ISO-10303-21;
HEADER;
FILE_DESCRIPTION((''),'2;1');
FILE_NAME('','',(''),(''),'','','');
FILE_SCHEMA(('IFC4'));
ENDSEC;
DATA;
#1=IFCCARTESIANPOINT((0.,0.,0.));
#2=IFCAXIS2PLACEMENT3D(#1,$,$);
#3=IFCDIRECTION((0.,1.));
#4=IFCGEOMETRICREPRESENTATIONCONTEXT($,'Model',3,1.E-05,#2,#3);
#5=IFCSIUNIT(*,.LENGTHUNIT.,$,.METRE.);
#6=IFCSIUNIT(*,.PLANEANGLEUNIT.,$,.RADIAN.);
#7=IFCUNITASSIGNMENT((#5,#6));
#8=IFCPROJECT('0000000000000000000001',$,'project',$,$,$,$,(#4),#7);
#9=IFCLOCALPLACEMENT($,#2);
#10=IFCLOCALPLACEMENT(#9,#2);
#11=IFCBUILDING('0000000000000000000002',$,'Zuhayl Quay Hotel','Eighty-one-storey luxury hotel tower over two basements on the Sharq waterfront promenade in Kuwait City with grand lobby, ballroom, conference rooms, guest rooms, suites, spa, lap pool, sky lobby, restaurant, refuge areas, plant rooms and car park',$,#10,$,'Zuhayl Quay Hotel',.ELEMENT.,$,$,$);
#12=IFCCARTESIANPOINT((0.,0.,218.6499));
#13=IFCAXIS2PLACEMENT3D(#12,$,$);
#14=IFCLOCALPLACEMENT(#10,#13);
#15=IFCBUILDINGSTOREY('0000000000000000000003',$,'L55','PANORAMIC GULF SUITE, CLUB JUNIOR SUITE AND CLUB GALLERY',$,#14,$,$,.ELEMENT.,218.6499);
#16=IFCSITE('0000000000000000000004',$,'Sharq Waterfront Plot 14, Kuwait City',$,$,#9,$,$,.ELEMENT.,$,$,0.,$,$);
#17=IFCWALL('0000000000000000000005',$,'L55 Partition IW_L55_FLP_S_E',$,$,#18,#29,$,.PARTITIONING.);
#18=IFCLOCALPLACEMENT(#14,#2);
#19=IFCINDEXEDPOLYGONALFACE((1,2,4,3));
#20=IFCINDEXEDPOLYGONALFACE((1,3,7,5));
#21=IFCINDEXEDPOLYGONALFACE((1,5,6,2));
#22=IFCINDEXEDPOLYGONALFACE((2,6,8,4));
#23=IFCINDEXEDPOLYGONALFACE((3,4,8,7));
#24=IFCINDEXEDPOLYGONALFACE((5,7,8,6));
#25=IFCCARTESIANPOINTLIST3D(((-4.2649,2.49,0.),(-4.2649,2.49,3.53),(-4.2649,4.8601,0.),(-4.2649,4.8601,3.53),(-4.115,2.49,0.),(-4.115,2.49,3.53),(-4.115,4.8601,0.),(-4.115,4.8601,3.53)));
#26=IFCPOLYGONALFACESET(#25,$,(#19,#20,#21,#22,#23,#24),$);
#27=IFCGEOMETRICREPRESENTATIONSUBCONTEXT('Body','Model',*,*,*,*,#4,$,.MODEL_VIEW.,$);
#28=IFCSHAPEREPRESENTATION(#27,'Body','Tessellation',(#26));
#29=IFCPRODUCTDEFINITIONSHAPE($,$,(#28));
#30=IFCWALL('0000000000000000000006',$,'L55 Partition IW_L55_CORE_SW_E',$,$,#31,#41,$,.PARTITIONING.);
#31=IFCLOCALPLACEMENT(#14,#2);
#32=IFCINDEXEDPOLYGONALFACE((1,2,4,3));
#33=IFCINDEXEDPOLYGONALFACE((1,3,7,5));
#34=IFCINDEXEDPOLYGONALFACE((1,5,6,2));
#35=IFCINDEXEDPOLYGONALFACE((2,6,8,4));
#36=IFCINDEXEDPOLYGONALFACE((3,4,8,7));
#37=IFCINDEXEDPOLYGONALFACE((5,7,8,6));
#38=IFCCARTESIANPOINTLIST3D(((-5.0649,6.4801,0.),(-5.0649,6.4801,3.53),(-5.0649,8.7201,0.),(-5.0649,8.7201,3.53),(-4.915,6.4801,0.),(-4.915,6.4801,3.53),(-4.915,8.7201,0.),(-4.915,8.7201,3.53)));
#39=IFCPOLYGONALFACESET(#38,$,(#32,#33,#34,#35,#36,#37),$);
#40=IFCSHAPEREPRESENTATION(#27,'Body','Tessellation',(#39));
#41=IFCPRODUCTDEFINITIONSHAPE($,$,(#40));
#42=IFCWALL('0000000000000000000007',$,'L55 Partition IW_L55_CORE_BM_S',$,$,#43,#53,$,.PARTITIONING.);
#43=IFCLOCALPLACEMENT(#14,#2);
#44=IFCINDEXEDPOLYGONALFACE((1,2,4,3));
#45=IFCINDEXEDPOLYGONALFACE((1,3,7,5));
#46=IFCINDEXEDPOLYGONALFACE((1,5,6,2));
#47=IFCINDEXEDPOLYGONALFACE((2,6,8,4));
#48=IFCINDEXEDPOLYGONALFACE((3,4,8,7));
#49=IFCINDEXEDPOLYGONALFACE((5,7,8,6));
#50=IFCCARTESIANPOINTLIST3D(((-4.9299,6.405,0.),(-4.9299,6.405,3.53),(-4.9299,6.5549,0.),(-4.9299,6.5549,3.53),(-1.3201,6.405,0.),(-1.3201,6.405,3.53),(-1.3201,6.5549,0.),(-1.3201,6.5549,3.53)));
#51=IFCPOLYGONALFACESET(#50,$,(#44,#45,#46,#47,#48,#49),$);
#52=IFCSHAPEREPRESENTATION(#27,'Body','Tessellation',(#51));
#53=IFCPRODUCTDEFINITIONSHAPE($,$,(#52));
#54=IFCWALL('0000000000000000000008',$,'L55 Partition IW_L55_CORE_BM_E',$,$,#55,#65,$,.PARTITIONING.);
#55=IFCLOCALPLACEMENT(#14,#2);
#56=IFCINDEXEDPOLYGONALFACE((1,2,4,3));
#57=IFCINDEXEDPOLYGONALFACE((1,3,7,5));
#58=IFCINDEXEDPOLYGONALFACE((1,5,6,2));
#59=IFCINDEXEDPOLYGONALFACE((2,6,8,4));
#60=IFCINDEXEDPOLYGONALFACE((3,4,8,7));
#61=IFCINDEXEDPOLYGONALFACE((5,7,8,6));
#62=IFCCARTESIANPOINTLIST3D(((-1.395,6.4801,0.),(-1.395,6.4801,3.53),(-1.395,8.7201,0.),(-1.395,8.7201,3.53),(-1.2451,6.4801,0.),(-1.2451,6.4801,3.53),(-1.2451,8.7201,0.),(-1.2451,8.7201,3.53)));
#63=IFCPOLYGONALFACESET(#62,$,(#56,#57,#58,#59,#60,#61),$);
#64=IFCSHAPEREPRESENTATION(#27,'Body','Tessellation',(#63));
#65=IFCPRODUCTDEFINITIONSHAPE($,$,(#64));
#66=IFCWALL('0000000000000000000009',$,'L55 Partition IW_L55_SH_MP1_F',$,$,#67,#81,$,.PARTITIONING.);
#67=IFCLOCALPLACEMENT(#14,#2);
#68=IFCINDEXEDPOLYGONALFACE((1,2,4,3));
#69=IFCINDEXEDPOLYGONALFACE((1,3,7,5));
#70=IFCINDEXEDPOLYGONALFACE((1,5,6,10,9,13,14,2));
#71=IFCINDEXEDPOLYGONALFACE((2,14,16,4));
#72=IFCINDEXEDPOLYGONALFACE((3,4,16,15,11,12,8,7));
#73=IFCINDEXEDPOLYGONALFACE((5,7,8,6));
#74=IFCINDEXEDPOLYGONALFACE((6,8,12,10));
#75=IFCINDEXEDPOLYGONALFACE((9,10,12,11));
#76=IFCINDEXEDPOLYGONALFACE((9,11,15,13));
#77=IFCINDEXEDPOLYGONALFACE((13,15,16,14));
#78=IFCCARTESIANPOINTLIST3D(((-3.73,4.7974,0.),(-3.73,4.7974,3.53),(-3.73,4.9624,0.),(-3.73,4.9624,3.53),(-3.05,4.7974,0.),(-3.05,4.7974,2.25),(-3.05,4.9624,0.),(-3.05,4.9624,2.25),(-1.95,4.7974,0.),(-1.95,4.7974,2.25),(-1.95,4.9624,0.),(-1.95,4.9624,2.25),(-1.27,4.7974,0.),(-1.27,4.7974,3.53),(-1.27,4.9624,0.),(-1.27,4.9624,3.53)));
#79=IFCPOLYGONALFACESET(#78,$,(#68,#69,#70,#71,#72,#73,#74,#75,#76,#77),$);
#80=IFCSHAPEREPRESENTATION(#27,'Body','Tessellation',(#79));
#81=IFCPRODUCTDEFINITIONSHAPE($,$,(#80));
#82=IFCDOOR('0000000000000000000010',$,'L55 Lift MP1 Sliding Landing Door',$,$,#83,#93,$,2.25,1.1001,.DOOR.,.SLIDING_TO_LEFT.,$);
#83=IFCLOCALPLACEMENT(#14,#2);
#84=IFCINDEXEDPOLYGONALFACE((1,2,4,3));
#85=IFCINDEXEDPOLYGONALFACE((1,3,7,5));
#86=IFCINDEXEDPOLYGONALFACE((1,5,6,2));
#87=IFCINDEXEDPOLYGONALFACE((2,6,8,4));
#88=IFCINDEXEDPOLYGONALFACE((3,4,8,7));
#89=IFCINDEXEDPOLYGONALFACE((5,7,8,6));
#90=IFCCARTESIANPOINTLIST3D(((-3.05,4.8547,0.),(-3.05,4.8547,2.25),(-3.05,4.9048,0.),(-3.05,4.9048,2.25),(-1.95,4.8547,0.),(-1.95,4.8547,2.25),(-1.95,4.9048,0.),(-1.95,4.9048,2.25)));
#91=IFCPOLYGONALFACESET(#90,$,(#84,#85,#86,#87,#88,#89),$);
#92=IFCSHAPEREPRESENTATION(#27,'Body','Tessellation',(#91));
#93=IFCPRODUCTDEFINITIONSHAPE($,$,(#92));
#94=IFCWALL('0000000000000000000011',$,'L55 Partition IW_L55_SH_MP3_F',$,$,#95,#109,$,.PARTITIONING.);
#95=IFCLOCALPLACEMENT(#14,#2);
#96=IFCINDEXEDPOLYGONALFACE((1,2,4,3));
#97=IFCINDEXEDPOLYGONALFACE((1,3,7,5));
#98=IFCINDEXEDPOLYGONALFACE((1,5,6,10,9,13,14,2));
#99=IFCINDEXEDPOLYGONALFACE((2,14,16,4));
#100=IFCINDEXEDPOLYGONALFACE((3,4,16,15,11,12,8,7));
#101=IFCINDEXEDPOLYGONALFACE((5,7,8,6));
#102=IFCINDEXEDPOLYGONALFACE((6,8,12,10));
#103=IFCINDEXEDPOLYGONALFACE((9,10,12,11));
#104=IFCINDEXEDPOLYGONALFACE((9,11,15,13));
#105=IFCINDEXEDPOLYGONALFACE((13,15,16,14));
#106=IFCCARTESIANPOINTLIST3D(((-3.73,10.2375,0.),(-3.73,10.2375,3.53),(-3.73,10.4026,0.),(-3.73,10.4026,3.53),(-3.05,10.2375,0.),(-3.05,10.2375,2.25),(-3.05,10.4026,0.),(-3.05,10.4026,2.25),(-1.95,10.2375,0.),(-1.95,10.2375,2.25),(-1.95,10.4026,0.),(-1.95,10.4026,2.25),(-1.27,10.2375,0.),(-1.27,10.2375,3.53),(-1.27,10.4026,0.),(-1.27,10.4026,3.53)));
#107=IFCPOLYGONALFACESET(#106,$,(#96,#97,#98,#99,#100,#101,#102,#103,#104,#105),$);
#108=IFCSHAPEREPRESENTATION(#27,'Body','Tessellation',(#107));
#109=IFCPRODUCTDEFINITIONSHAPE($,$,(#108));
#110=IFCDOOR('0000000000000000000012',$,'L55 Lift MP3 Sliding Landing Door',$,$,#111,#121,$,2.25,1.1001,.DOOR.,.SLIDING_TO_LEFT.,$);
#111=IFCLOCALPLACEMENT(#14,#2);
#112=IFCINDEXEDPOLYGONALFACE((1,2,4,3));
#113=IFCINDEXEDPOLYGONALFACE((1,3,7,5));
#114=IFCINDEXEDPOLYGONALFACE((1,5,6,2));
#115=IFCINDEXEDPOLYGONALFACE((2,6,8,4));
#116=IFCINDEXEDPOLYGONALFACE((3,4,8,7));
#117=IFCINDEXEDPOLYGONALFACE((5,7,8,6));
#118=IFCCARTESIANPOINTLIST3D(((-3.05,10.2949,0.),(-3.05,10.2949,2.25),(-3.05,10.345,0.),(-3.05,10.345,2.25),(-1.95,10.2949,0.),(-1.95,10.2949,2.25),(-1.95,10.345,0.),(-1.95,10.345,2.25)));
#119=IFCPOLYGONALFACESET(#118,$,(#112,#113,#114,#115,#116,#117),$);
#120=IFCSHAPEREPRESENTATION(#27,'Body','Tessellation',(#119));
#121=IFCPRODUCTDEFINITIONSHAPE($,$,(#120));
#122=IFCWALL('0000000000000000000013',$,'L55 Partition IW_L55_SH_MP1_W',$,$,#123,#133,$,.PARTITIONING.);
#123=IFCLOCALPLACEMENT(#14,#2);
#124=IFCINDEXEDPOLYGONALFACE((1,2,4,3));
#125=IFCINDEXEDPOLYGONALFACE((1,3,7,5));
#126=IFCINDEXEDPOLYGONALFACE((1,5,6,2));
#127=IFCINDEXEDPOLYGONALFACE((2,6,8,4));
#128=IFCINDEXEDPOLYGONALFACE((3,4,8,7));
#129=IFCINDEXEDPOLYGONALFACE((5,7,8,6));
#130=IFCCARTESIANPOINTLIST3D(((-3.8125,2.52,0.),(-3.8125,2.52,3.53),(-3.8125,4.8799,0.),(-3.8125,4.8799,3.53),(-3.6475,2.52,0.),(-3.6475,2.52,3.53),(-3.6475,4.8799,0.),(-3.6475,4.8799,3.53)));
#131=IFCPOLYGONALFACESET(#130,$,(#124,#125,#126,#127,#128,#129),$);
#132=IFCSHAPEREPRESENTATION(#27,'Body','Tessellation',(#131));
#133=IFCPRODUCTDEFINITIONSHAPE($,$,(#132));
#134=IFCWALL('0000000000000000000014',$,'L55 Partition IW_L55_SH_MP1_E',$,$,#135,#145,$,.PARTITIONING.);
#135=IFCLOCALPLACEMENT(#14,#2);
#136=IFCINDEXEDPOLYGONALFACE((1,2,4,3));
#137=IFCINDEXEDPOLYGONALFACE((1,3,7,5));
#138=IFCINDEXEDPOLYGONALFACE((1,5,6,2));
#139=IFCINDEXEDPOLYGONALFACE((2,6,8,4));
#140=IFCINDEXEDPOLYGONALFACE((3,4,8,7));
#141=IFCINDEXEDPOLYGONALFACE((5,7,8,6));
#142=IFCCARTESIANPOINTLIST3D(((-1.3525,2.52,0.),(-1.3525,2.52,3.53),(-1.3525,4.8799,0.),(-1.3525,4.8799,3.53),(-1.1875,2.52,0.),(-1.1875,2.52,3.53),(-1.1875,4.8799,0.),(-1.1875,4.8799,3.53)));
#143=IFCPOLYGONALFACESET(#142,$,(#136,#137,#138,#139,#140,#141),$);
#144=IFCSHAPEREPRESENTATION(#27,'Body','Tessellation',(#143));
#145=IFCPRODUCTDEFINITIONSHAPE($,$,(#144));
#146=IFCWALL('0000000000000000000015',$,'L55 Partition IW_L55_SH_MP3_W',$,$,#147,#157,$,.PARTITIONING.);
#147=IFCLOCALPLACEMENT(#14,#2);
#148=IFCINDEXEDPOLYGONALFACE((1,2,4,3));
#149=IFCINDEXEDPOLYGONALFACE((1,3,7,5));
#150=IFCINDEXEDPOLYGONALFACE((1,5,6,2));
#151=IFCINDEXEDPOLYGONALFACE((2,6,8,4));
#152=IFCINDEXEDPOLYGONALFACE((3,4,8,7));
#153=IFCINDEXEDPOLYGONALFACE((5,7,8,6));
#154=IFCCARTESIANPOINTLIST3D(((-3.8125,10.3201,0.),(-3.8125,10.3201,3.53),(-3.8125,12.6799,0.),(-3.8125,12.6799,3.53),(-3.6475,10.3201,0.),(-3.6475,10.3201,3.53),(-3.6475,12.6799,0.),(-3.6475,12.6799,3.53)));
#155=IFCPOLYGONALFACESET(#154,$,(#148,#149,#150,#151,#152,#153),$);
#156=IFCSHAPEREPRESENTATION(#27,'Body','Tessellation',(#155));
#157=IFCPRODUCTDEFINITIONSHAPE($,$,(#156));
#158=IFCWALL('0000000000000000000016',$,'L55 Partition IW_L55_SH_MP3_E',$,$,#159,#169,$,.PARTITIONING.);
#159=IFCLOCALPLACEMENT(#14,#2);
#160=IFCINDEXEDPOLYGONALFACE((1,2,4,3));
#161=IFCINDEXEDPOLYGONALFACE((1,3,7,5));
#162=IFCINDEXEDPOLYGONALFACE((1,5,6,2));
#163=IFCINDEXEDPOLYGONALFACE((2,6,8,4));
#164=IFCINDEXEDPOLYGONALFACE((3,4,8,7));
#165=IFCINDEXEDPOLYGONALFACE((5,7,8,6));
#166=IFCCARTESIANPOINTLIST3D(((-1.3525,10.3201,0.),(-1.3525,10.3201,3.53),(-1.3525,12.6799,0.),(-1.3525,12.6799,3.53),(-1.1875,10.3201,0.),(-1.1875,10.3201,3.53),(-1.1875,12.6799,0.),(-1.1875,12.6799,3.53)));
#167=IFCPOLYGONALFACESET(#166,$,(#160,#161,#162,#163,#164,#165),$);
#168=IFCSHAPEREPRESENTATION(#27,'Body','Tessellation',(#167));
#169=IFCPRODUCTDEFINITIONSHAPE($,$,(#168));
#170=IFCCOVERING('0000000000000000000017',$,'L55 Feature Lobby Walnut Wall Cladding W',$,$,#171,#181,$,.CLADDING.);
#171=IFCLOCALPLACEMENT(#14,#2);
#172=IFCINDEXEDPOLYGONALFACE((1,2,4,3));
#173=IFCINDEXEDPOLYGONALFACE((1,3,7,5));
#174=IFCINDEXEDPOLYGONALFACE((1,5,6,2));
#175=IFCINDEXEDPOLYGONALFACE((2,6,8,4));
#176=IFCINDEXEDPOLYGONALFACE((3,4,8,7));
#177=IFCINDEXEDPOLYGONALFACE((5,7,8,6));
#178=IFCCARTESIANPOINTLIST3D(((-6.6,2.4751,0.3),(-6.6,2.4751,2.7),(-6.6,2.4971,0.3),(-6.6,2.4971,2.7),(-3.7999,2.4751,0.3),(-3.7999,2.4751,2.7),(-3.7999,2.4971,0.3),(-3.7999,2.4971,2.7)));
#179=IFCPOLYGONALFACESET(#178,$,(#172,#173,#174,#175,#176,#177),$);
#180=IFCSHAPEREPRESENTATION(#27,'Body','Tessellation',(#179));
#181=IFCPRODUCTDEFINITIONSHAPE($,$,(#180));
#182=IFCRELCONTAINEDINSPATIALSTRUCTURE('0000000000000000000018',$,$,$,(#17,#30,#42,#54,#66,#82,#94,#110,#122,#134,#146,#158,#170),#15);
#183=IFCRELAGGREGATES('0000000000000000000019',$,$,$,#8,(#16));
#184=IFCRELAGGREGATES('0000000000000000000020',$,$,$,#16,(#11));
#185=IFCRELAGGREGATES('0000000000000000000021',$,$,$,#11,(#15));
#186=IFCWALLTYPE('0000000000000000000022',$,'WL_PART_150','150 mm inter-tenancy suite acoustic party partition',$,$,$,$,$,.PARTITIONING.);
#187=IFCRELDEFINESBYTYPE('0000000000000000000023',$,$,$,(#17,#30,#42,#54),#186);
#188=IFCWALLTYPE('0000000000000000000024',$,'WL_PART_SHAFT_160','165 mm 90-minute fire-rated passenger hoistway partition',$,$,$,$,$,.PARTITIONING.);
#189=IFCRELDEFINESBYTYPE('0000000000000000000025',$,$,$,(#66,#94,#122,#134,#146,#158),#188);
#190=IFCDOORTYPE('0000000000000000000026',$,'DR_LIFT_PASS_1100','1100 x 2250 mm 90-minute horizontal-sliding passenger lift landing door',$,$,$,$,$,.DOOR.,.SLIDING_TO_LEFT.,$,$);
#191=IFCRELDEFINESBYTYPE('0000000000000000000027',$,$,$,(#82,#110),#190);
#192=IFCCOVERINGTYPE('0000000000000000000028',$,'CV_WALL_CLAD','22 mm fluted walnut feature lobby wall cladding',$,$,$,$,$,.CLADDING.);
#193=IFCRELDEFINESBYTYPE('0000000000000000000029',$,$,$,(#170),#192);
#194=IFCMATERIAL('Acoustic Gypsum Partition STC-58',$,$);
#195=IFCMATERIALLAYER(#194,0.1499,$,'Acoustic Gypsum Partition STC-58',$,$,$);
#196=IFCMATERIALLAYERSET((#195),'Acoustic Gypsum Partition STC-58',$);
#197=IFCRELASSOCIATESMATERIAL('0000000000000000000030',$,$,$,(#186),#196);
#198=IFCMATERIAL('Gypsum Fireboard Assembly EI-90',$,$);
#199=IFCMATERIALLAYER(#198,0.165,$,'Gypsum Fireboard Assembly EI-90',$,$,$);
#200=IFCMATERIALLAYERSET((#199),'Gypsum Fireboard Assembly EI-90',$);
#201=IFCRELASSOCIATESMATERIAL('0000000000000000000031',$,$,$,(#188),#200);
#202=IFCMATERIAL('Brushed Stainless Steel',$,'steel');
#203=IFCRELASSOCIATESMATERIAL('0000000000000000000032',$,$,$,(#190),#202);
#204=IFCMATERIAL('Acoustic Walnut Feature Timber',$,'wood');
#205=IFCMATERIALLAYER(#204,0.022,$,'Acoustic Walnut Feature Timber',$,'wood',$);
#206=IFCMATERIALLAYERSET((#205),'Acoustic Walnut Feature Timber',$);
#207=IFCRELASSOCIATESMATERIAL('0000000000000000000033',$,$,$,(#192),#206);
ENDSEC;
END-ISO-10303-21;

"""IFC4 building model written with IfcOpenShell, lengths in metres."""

from ifc_helpers import new_model, si_unit, direction, frame, frame_2d, origin, origin_2d, place, context, subcontext, project, spatial, rectangle, extrude, material, layer, layer_set, type_object, element, fill, save


model = new_model("IFC4")

# Units and contexts
model_context = context("Model", 3, precision=1e-05, world=origin(), true_north=direction((0.0, 1.0)))
body_context = subcontext(model_context, "Body", "Model", "MODEL_VIEW")
ifc_project = project(units=[si_unit("LENGTHUNIT", "METRE"), si_unit("PLANEANGLEUNIT", "RADIAN")], contexts=[model_context])

# Site, building, storey
site_placement = place(None, origin())
site = spatial("IfcSite", under=ifc_project, at=site_placement, Name="Sharq Waterfront Plot 14, Kuwait City", CompositionType="ELEMENT", RefElevation=0.0)
building_placement = place(site_placement, origin())
building = spatial("IfcBuilding", under=site, at=building_placement, Name="Zuhayl Quay Hotel", Description="Eighty-one-storey luxury hotel tower over two basements on the Sharq waterfront promenade in Kuwait City with grand lobby, ballroom, conference rooms, guest rooms, suites, spa, lap pool, sky lobby, restaurant, refuge areas, plant rooms and car park", LongName="Zuhayl Quay Hotel", CompositionType="ELEMENT")
storey_placement = place(building_placement, frame((0.0, 0.0, 218.6499)))
storey = spatial("IfcBuildingStorey", under=building, at=storey_placement, Name="L55", Description="PANORAMIC GULF SUITE, CLUB JUNIOR SUITE AND CLUB GALLERY", CompositionType="ELEMENT", Elevation=218.6499)

# Shared definitions
ifc_material_1 = material(Name="Acoustic Gypsum Partition STC-58")
ifc_layer_1 = layer(ifc_material_1, 0.1499, Name="Acoustic Gypsum Partition STC-58")
ifc_layer_set_1 = layer_set([ifc_layer_1], Name="Acoustic Gypsum Partition STC-58")
wall_type_1 = type_object("IfcWallType", Name="WL_PART_150", Description="150 mm inter-tenancy suite acoustic party partition", PredefinedType="PARTITIONING", material=ifc_layer_set_1)

# Walls
wall_1_placement = place(storey_placement, frame((-4.1899, 2.49, 0.0), z_axis=(0.0, 0.0, 1.0), x_axis=(0.0, 1.0, 0.0)))
element("IfcWall", 1, at=wall_1_placement, inside=storey, type_object=wall_type_1, Name="L55 Partition IW_L55_FLP_S_E", PredefinedType="PARTITIONING", context=body_context, shape_type="SweptSolid", body=[
    extrude(rectangle(XDim=2.3701, YDim=0.1499, at=frame_2d((1.1851, 0.0))), origin(), (0.0, 0.0, 1.0), 3.53),
])
wall_2_placement = place(storey_placement, frame((-4.99, 6.48, 0.0), z_axis=(0.0, 0.0, 1.0), x_axis=(0.0, 1.0, 0.0)))
element("IfcWall", 2, at=wall_2_placement, inside=storey, type_object=wall_type_1, Name="L55 Partition IW_L55_CORE_SW_E", PredefinedType="PARTITIONING", context=body_context, shape_type="SweptSolid", body=[
    extrude(rectangle(XDim=2.24, YDim=0.1499, at=frame_2d((1.1201, 0.0))), origin(), (0.0, 0.0, 1.0), 3.53),
])
wall_3_placement = place(storey_placement, frame((-4.9299, 6.48, 0.0), z_axis=(0.0, 0.0, 1.0), x_axis=(1.0, 0.0, 0.0)))
element("IfcWall", 3, at=wall_3_placement, inside=storey, type_object=wall_type_1, Name="L55 Partition IW_L55_CORE_BM_S", PredefinedType="PARTITIONING", context=body_context, shape_type="SweptSolid", body=[
    extrude(rectangle(XDim=3.6099, YDim=0.1499, at=frame_2d((1.8049, 0.0))), origin(), (0.0, 0.0, 1.0), 3.53),
])
wall_4_placement = place(storey_placement, frame((-1.3201, 6.48, 0.0), z_axis=(0.0, 0.0, 1.0), x_axis=(0.0, 1.0, 0.0)))
element("IfcWall", 4, at=wall_4_placement, inside=storey, type_object=wall_type_1, Name="L55 Partition IW_L55_CORE_BM_E", PredefinedType="PARTITIONING", context=body_context, shape_type="SweptSolid", body=[
    extrude(rectangle(XDim=2.24, YDim=0.1499, at=frame_2d((1.1201, 0.0))), origin(), (0.0, 0.0, 1.0), 3.53),
])

# Walls, openings, doors
ifc_material_2 = material(Name="Gypsum Fireboard Assembly EI-90")
ifc_layer_2 = layer(ifc_material_2, 0.165, Name="Gypsum Fireboard Assembly EI-90")
ifc_layer_set_2 = layer_set([ifc_layer_2], Name="Gypsum Fireboard Assembly EI-90")
wall_type_2 = type_object("IfcWallType", Name="WL_PART_SHAFT_160", Description="165 mm 90-minute fire-rated passenger hoistway partition", PredefinedType="PARTITIONING", material=ifc_layer_set_2)
wall_5_placement = place(storey_placement, frame((-3.73, 4.8799, 0.0), z_axis=(0.0, 0.0, 1.0), x_axis=(1.0, 0.0, 0.0)))
wall_5 = element("IfcWall", 5, at=wall_5_placement, inside=storey, type_object=wall_type_2, Name="L55 Partition IW_L55_SH_MP1_F", PredefinedType="PARTITIONING", context=body_context, shape_type="SweptSolid", body=[
    extrude(rectangle(XDim=2.46, YDim=0.165, at=frame_2d((1.23, 0.0))), origin(), (0.0, 0.0, 1.0), 3.53),
])
opening_1_placement = place(wall_5_placement, frame((0.6799, 0.0, 0.0)))
opening_1 = element("IfcOpeningElement", 6, at=opening_1_placement, cuts=wall_5, PredefinedType="OPENING", context=body_context, shape_type="SweptSolid", body=[
    extrude(rectangle(XDim=1.1001, YDim=2.25, at=frame_2d((0.55, 1.125))), frame((0.0, 0.0925, 0.0), z_axis=(0.0, -1.0, 0.0), x_axis=(1.0, 0.0, 0.0)), (0.0, 0.0, 1.0), 0.1851),
])
ifc_material_3 = material(Name="Brushed Stainless Steel", Category="steel")
door_type_1 = type_object("IfcDoorType", Name="DR_LIFT_PASS_1100", Description="1100 x 2250 mm 90-minute horizontal-sliding passenger lift landing door", OperationType="SLIDING_TO_LEFT", PredefinedType="DOOR", material=ifc_material_3)
door_1_placement = place(opening_1_placement, origin())
door_1 = element("IfcDoor", 7, at=door_1_placement, inside=storey, type_object=door_type_1, Name="L55 Lift MP1 Sliding Landing Door", OperationType="SLIDING_TO_LEFT", OverallHeight=2.25, OverallWidth=1.1001, PredefinedType="DOOR", context=body_context, shape_type="SweptSolid", body=[
    extrude(rectangle(XDim=1.1001, YDim=2.25, at=frame_2d((0.55, 1.125))), frame((0.0, 0.0249, 0.0), z_axis=(0.0, -1.0, 0.0), x_axis=(1.0, 0.0, 0.0)), (0.0, 0.0, 1.0), 0.05),
])
fill(opening_1, door_1)
wall_6_placement = place(storey_placement, frame((-3.73, 10.3201, 0.0), z_axis=(0.0, 0.0, 1.0), x_axis=(1.0, 0.0, 0.0)))
wall_6 = element("IfcWall", 8, at=wall_6_placement, inside=storey, type_object=wall_type_2, Name="L55 Partition IW_L55_SH_MP3_F", PredefinedType="PARTITIONING", context=body_context, shape_type="SweptSolid", body=[
    extrude(rectangle(XDim=2.46, YDim=0.165, at=frame_2d((1.23, 0.0))), origin(), (0.0, 0.0, 1.0), 3.53),
])
opening_2_placement = place(wall_6_placement, frame((0.6799, 0.0, 0.0)))
opening_2 = element("IfcOpeningElement", 9, at=opening_2_placement, cuts=wall_6, PredefinedType="OPENING", context=body_context, shape_type="SweptSolid", body=[
    extrude(rectangle(XDim=1.1001, YDim=2.25, at=frame_2d((0.55, 1.125))), frame((0.0, 0.0925, 0.0), z_axis=(0.0, -1.0, 0.0), x_axis=(1.0, 0.0, 0.0)), (0.0, 0.0, 1.0), 0.1851),
])
door_2_placement = place(opening_2_placement, origin())
door_2 = element("IfcDoor", 10, at=door_2_placement, inside=storey, type_object=door_type_1, Name="L55 Lift MP3 Sliding Landing Door", OperationType="SLIDING_TO_LEFT", OverallHeight=2.25, OverallWidth=1.1001, PredefinedType="DOOR", context=body_context, shape_type="SweptSolid", body=[
    extrude(rectangle(XDim=1.1001, YDim=2.25, at=frame_2d((0.55, 1.125))), frame((0.0, 0.0249, 0.0), z_axis=(0.0, -1.0, 0.0), x_axis=(1.0, 0.0, 0.0)), (0.0, 0.0, 1.0), 0.05),
])
fill(opening_2, door_2)

# Walls
for number, where, z_axis, x_axis, name in (
    (11, (-3.73, 2.52, 0.0), (0.0, 0.0, 1.0), (0.0, 1.0, 0.0), "L55 Partition IW_L55_SH_MP1_W"),
    (12, (-1.27, 2.52, 0.0), (0.0, 0.0, 1.0), (0.0, 1.0, 0.0), "L55 Partition IW_L55_SH_MP1_E"),
    (13, (-3.73, 10.3201, 0.0), (0.0, 0.0, 1.0), (0.0, 1.0, 0.0), "L55 Partition IW_L55_SH_MP3_W"),
    (14, (-1.27, 10.3201, 0.0), (0.0, 0.0, 1.0), (0.0, 1.0, 0.0), "L55 Partition IW_L55_SH_MP3_E"),
):
    element("IfcWall", number, at=place(storey_placement, frame(where, z_axis=z_axis, x_axis=x_axis)), inside=storey, type_object=wall_type_2, Name=name, PredefinedType="PARTITIONING", context=body_context, shape_type="SweptSolid", body=[
        extrude(rectangle(XDim=2.3599, YDim=0.165, at=frame_2d((1.1799, 0.0))), origin(), (0.0, 0.0, 1.0), 3.53),
    ])

# Covering
ifc_material_4 = material(Name="Acoustic Walnut Feature Timber", Category="wood")
ifc_layer_3 = layer(ifc_material_4, 0.022, Name="Acoustic Walnut Feature Timber", Category="wood")
ifc_layer_set_3 = layer_set([ifc_layer_3], Name="Acoustic Walnut Feature Timber")
covering_type = type_object("IfcCoveringType", Name="CV_WALL_CLAD", Description="22 mm fluted walnut feature lobby wall cladding", PredefinedType="CLADDING", material=ifc_layer_set_3)
covering_placement = place(storey_placement, frame((-5.2, 2.4861, 0.3), z_axis=(0.0, 0.0, 1.0), x_axis=(1.0, 0.0, 0.0)))
element("IfcCovering", 15, at=covering_placement, inside=storey, type_object=covering_type, Name="L55 Feature Lobby Walnut Wall Cladding W", PredefinedType="CLADDING", context=body_context, shape_type="SweptSolid", body=[
    extrude(rectangle(XDim=2.8, YDim=0.022, at=origin_2d()), origin(), (0.0, 0.0, 1.0), 2.3999),
])

save(model, "model.ifc")
